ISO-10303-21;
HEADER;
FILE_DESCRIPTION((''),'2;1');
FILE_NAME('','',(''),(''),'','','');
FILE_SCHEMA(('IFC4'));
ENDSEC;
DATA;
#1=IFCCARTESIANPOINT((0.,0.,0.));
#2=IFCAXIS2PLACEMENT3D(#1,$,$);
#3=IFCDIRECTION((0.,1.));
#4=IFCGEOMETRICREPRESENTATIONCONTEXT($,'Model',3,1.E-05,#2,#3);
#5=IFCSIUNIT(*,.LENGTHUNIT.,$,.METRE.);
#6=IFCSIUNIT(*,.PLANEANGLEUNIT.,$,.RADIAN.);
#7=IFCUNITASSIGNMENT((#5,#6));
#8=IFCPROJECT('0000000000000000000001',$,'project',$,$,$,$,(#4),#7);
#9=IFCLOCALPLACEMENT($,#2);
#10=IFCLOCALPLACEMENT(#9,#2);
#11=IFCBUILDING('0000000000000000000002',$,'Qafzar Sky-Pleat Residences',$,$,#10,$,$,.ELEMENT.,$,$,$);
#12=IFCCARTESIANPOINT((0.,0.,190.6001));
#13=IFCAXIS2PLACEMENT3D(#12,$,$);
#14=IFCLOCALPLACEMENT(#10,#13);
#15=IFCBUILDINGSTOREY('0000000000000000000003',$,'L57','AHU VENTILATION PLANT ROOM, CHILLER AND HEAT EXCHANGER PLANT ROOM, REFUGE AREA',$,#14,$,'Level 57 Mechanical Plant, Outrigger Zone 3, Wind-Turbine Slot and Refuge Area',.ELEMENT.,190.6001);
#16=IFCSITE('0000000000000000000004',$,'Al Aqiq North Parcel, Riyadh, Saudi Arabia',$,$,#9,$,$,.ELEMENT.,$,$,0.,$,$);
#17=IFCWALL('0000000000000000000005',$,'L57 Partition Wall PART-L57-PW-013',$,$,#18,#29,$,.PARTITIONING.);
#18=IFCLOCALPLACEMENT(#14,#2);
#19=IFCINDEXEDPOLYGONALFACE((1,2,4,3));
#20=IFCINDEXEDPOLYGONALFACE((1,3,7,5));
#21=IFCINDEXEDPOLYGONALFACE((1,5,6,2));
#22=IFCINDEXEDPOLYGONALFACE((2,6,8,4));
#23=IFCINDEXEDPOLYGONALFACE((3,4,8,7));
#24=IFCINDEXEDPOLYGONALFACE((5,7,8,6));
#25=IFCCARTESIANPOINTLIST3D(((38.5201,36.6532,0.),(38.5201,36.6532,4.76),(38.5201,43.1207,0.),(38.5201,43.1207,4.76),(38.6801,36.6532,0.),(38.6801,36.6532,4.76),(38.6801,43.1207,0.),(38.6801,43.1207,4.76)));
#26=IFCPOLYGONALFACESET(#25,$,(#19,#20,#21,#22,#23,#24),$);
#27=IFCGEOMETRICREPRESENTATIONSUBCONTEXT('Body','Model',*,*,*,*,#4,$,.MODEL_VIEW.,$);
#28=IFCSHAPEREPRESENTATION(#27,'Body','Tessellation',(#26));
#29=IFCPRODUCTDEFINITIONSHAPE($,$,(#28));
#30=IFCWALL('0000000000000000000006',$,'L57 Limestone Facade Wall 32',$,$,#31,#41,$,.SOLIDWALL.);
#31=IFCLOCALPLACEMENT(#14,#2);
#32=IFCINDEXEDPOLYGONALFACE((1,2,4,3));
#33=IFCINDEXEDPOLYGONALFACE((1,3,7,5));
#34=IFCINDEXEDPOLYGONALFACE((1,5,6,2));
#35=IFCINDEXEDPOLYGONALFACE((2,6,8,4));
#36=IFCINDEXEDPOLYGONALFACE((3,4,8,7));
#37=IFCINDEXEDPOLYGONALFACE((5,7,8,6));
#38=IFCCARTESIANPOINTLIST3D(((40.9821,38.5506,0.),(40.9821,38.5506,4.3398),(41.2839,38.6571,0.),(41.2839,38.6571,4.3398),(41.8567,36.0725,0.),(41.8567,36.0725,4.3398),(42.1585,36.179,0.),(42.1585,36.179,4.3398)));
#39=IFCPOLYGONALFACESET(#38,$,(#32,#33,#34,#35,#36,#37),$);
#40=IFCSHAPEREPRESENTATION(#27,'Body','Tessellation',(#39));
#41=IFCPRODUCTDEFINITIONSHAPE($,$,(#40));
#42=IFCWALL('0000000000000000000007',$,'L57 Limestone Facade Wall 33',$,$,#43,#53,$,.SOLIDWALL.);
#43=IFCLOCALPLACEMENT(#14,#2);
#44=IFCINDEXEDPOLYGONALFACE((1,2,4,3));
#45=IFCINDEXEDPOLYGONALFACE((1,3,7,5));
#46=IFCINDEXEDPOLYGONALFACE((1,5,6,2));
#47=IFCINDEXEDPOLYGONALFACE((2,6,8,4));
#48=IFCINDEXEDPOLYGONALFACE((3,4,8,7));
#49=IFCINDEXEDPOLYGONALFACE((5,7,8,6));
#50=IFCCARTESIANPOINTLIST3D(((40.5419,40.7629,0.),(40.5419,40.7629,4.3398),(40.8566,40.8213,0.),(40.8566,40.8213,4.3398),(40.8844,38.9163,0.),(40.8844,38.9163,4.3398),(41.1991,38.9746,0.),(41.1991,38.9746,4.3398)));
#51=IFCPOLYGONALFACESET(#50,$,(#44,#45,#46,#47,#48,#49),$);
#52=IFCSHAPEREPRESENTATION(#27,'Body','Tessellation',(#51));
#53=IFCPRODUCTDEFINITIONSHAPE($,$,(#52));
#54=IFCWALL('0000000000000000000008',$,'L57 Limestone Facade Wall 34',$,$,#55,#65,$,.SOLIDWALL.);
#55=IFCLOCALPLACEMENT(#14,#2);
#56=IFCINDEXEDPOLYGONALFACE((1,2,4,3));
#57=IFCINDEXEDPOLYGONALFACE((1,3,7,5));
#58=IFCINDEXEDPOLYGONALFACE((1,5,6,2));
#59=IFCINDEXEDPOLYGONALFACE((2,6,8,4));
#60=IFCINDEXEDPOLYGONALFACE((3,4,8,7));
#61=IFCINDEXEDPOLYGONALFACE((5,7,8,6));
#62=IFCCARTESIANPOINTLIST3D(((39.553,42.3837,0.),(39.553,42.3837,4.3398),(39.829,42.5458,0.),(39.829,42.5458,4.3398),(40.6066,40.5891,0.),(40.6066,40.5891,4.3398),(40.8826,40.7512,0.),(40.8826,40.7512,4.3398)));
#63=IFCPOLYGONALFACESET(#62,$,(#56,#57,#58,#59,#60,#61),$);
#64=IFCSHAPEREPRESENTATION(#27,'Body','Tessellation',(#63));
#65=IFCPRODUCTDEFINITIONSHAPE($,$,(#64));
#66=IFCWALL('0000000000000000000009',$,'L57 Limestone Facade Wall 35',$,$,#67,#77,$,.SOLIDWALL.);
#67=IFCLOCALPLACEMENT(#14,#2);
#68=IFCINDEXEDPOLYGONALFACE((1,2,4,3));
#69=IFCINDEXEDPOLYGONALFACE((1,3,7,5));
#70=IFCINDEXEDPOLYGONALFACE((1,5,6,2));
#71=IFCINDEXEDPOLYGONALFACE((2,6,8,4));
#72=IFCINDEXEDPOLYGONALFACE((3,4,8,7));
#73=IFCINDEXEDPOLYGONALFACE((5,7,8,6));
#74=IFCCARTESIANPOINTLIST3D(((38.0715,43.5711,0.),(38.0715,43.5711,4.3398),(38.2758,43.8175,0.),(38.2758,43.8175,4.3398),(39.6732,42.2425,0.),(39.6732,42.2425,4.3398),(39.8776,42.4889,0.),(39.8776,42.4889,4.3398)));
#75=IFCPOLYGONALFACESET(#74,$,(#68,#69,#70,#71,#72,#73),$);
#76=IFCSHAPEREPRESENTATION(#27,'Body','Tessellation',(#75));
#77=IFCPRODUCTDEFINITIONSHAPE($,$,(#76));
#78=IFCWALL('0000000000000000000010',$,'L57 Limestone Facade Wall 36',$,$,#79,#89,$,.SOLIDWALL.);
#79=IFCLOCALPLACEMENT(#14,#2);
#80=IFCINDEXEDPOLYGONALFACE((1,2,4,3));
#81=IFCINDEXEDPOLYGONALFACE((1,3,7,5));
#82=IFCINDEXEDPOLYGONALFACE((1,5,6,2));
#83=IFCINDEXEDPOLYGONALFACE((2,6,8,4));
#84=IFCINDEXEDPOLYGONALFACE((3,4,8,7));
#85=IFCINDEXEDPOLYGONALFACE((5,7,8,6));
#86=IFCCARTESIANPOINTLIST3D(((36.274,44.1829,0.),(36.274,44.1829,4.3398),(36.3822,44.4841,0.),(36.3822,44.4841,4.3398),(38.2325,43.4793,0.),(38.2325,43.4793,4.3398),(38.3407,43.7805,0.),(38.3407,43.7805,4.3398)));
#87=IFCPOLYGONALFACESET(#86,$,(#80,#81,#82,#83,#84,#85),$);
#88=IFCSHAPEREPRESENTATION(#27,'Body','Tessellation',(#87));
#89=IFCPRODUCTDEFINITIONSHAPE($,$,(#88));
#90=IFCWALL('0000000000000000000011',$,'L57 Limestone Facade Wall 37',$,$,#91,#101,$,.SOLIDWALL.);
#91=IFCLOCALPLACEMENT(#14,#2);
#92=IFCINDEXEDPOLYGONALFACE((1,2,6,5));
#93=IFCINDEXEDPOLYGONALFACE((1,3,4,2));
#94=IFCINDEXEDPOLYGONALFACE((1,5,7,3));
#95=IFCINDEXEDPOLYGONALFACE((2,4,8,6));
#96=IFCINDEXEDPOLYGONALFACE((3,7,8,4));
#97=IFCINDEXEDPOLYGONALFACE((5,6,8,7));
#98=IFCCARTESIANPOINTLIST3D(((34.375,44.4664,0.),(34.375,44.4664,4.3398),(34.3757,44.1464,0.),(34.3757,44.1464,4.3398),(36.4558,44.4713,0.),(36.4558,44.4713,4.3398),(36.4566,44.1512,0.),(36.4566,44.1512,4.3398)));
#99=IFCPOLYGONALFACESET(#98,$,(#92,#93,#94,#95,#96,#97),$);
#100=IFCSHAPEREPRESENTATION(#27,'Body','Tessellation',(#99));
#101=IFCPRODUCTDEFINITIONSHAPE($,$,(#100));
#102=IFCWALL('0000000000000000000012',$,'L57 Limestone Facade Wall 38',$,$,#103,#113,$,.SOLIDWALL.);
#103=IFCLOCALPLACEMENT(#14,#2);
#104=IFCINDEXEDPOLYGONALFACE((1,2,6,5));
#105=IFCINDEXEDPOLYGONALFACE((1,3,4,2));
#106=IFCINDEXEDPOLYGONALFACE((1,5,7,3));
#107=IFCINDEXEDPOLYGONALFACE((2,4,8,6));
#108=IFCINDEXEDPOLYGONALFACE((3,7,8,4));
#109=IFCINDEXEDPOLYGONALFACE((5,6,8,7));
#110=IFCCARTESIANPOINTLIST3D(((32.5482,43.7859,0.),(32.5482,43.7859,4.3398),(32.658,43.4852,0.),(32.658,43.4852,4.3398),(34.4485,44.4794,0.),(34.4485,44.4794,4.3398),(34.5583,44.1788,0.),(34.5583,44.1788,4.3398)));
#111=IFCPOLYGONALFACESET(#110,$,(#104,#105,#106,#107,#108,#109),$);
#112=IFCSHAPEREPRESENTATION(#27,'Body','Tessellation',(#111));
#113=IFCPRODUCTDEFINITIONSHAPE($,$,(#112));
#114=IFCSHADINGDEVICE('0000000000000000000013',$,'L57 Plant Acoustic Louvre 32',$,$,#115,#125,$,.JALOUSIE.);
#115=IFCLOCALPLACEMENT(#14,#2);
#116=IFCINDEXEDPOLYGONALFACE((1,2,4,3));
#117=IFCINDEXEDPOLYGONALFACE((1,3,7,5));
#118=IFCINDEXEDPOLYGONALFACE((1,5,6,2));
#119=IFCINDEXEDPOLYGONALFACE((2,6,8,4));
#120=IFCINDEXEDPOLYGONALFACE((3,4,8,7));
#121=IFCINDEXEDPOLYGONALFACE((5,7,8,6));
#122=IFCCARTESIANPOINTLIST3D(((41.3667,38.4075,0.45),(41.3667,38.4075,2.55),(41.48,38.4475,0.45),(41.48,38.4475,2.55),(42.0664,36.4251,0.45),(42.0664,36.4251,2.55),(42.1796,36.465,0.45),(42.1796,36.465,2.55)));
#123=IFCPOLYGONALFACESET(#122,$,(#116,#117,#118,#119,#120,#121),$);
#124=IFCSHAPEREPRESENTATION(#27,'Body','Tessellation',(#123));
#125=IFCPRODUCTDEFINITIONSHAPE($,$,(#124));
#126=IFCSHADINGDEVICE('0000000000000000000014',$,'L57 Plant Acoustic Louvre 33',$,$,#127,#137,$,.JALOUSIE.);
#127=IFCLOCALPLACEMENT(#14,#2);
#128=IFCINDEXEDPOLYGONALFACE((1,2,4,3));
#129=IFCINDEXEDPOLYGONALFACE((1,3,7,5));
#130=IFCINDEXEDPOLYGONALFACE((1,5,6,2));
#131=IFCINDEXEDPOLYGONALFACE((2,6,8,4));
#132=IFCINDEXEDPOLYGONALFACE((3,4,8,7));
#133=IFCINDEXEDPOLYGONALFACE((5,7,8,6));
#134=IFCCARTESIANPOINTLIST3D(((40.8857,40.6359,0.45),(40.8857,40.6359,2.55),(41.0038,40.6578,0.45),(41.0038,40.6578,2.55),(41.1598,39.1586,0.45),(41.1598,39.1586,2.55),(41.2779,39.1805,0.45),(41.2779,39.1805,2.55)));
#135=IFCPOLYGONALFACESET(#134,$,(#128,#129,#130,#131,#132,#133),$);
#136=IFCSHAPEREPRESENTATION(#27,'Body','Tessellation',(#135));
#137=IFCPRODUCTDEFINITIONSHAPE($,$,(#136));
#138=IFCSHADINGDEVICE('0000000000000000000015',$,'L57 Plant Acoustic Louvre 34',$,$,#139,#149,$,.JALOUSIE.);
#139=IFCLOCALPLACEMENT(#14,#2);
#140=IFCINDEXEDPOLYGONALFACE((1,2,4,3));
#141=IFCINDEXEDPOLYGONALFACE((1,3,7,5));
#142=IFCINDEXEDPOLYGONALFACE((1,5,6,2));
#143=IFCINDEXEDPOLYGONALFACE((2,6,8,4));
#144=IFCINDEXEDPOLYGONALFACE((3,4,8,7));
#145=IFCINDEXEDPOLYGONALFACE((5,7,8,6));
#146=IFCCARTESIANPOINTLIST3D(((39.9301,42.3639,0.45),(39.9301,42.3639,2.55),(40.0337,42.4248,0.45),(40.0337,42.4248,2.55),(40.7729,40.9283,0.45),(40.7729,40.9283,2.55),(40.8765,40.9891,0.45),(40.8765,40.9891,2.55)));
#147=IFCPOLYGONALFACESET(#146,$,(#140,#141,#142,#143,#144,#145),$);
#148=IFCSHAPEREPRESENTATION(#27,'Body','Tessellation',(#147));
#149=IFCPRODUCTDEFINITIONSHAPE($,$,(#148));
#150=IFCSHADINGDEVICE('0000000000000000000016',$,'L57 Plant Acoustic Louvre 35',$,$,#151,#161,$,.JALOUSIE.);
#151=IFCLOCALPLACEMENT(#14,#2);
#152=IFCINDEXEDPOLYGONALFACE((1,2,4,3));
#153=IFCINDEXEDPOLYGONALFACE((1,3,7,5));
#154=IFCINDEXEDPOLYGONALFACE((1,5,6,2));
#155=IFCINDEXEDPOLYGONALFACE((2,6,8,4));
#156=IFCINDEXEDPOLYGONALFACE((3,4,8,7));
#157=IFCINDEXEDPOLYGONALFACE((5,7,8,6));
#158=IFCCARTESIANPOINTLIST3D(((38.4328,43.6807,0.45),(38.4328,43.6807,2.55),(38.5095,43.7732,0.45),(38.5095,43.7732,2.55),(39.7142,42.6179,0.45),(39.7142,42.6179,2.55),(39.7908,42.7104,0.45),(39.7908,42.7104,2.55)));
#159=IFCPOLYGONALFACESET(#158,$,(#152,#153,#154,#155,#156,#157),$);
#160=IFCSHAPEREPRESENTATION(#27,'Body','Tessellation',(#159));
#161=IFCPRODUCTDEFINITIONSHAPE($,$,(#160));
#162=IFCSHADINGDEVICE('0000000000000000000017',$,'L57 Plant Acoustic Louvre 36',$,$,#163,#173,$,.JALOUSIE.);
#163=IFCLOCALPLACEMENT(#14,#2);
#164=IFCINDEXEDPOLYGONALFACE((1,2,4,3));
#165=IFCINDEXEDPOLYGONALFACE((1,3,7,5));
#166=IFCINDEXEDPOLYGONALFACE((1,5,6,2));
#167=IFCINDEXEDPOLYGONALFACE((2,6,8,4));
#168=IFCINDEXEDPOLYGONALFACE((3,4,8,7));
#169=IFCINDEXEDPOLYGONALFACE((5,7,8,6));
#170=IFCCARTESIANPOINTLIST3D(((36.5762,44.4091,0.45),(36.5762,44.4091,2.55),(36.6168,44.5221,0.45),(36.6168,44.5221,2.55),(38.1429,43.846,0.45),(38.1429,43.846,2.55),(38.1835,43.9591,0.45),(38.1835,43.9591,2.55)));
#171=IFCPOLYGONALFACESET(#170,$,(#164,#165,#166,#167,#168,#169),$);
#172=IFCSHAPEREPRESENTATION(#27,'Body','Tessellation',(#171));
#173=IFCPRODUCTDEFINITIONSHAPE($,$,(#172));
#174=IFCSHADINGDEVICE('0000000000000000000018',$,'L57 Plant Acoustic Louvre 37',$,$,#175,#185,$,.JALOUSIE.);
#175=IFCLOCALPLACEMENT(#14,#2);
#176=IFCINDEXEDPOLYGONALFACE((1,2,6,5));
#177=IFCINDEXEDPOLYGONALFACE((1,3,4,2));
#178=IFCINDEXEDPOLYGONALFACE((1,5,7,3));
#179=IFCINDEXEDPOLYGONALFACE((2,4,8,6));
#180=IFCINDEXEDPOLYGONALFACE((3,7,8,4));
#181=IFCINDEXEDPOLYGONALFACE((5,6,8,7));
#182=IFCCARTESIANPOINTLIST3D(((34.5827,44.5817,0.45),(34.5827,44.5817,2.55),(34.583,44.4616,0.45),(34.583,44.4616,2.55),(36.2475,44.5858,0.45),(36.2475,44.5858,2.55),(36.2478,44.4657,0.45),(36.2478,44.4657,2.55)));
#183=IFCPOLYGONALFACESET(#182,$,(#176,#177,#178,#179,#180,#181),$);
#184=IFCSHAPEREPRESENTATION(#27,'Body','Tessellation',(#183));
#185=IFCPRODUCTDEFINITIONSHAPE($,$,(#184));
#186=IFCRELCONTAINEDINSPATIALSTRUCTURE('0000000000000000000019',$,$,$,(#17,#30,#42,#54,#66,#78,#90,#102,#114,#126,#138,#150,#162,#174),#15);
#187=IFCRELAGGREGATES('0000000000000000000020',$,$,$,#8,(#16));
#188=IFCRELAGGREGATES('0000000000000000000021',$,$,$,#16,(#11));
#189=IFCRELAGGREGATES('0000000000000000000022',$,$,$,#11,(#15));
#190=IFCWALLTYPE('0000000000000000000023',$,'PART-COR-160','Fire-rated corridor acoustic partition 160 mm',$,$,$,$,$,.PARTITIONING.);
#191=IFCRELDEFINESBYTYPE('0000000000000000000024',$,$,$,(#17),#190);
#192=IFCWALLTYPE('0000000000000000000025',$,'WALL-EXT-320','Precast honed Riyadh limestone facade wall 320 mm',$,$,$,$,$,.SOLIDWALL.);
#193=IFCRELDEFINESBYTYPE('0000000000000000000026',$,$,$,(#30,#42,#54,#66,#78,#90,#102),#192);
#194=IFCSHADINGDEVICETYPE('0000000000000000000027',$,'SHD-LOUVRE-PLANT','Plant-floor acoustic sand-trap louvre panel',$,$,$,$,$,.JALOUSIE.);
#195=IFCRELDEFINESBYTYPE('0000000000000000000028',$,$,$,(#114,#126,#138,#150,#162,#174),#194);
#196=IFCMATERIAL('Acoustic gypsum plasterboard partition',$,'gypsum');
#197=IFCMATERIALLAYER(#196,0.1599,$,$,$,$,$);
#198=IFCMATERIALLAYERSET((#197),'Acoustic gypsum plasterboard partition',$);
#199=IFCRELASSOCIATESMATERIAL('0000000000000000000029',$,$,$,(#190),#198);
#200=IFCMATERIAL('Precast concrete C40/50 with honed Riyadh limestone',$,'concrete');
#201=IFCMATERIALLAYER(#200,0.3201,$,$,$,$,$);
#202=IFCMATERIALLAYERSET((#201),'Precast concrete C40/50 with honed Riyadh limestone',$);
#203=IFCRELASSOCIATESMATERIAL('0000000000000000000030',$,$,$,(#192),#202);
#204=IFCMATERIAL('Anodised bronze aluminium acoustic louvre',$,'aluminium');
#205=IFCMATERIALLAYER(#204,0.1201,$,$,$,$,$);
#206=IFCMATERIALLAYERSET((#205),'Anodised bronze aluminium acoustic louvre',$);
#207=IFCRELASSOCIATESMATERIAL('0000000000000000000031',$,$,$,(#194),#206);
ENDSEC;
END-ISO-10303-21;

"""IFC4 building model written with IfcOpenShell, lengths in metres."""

from ifc_helpers import new_model, si_unit, direction, frame, frame_2d, origin, origin_2d, place, context, subcontext, project, spatial, rectangle, extrude, source, transform, mapped, material, layer, layer_set, type_object, element, save


model = new_model("IFC4")

# Units and contexts
model_context = context("Model", 3, precision=1e-05, world=origin(), true_north=direction((0.0, 1.0)))
body_context = subcontext(model_context, "Body", "Model", "MODEL_VIEW")
ifc_project = project(units=[si_unit("LENGTHUNIT", "METRE"), si_unit("PLANEANGLEUNIT", "RADIAN")], contexts=[model_context])

# Site, building, storey
site_placement = place(None, origin())
site = spatial("IfcSite", under=ifc_project, at=site_placement, Name="Al Aqiq North Parcel, Riyadh, Saudi Arabia", CompositionType="ELEMENT", RefElevation=0.0)
building_placement = place(site_placement, origin())
building = spatial("IfcBuilding", under=site, at=building_placement, Name="Qafzar Sky-Pleat Residences", CompositionType="ELEMENT")
storey_placement = place(building_placement, frame((0.0, 0.0, 190.6001)))
storey = spatial("IfcBuildingStorey", under=building, at=storey_placement, Name="L57", Description="AHU VENTILATION PLANT ROOM, CHILLER AND HEAT EXCHANGER PLANT ROOM, REFUGE AREA", LongName="Level 57 Mechanical Plant, Outrigger Zone 3, Wind-Turbine Slot and Refuge Area", CompositionType="ELEMENT", Elevation=190.6001)

# Shared definitions
ifc_material_1 = material(Name="Acoustic gypsum plasterboard partition", Category="gypsum")
ifc_layer_1 = layer(ifc_material_1, 0.1599)
ifc_layer_set_1 = layer_set([ifc_layer_1], Name="Acoustic gypsum plasterboard partition")
wall_type_1 = type_object("IfcWallType", Name="PART-COR-160", Description="Fire-rated corridor acoustic partition 160 mm", PredefinedType="PARTITIONING", material=ifc_layer_set_1)

# Walls
wall_1_placement = place(storey_placement, frame((38.6001, 36.6531, 0.0), z_axis=(0.0, 0.0, 1.0), x_axis=(0.0, 1.0, 0.0)))
element("IfcWall", 1, at=wall_1_placement, inside=storey, type_object=wall_type_1, Name="L57 Partition Wall PART-L57-PW-013", PredefinedType="PARTITIONING", context=body_context, shape_type="SweptSolid", body=[
    extrude(rectangle(XDim=6.4675, YDim=0.1599, at=frame_2d((3.2339, 0.0))), origin(), (0.0, 0.0, 1.0), 4.76),
])
ifc_material_2 = material(Name="Precast concrete C40/50 with honed Riyadh limestone", Category="concrete")
ifc_layer_2 = layer(ifc_material_2, 0.3201)
ifc_layer_set_2 = layer_set([ifc_layer_2], Name="Precast concrete C40/50 with honed Riyadh limestone")
wall_type_2 = type_object("IfcWallType", Name="WALL-EXT-320", Description="Precast honed Riyadh limestone facade wall 320 mm", PredefinedType="SOLIDWALL", material=ifc_layer_set_2)
wall_2_placement = place(storey_placement, frame((42.0076, 36.1257, 0.0), z_axis=(0.0, 0.0, 1.0), x_axis=(-0.332791, 0.943001, 0.0)))
element("IfcWall", 2, at=wall_2_placement, inside=storey, type_object=wall_type_2, Name="L57 Limestone Facade Wall 32", PredefinedType="SOLIDWALL", context=body_context, shape_type="SweptSolid", body=[
    extrude(rectangle(XDim=2.6279, YDim=0.3201, at=frame_2d((1.314, 0.0))), origin(), (0.0, 0.0, 1.0), 4.3398),
])
wall_3_placement = place(storey_placement, frame((41.0417, 38.9456, 0.0), z_axis=(0.0, 0.0, 1.0), x_axis=(-0.182373, 0.983229, 0.0)))
element("IfcWall", 3, at=wall_3_placement, inside=storey, type_object=wall_type_2, Name="L57 Limestone Facade Wall 33", PredefinedType="SOLIDWALL", context=body_context, shape_type="SweptSolid", body=[
    extrude(rectangle(XDim=1.8782, YDim=0.3201, at=frame_2d((0.939, 0.0))), origin(), (0.0, 0.0, 1.0), 4.3398),
])
for number, where, z_axis, x_axis, name in (
    (4, (40.7446, 40.6702, 0.0), (0.0, 0.0, 1.0), (-0.506312, 0.86235, 0.0), "L57 Limestone Facade Wall 34"),
    (5, (39.7754, 42.3657, 0.0), (0.0, 0.0, 1.0), (-0.76969, 0.638417, 0.0), "L57 Limestone Facade Wall 35"),
    (6, (38.2866, 43.6299, 0.0), (0.0, 0.0, 1.0), (-0.941109, 0.338105, 0.0), "L57 Limestone Facade Wall 36"),
):
    element("IfcWall", number, at=place(storey_placement, frame(where, z_axis=z_axis, x_axis=x_axis)), inside=storey, type_object=wall_type_2, Name=name, PredefinedType="SOLIDWALL", context=body_context, shape_type="SweptSolid", body=[
        extrude(rectangle(XDim=2.0811, YDim=0.3201, at=frame_2d((1.0405, 0.0))), origin(), (0.0, 0.0, 1.0), 4.3398),
    ])
wall_4_placement = place(storey_placement, frame((36.4563, 44.3113, 0.0), z_axis=(0.0, 0.0, 1.0), x_axis=(-0.999997, -0.002347, 0.0)))
element("IfcWall", 7, at=wall_4_placement, inside=storey, type_object=wall_type_2, Name="L57 Limestone Facade Wall 37", PredefinedType="SOLIDWALL", context=body_context, shape_type="SweptSolid", body=[
    extrude(rectangle(XDim=2.0808, YDim=0.3201, at=frame_2d((1.0405, 0.0))), origin(), (0.0, 0.0, 1.0), 4.3398),
])
wall_5_placement = place(storey_placement, frame((34.5034, 44.3291, 0.0), z_axis=(0.0, 0.0, 1.0), x_axis=(-0.939388, -0.342857, 0.0)))
element("IfcWall", 8, at=wall_5_placement, inside=storey, type_object=wall_type_2, Name="L57 Limestone Facade Wall 38", PredefinedType="SOLIDWALL", context=body_context, shape_type="SweptSolid", body=[
    extrude(rectangle(XDim=2.0229, YDim=0.3201, at=frame_2d((1.0115, 0.0))), origin(), (0.0, 0.0, 1.0), 4.3398),
])

# Shading devices
ifc_material_3 = material(Name="Anodised bronze aluminium acoustic louvre", Category="aluminium")
ifc_layer_3 = layer(ifc_material_3, 0.1201)
ifc_layer_set_3 = layer_set([ifc_layer_3], Name="Anodised bronze aluminium acoustic louvre")
shading_device_type = type_object("IfcShadingDeviceType", Name="SHD-LOUVRE-PLANT", Description="Plant-floor acoustic sand-trap louvre panel", PredefinedType="JALOUSIE", material=ifc_layer_set_3)
shared_shape_1 = source(origin(), body_context, "Body", "SweptSolid", [
    extrude(rectangle(XDim=2.1023, YDim=0.1201, at=origin_2d()), origin(), (0.0, 0.0, 1.0), 2.1001),
])
shading_device_1_placement = place(storey_placement, frame((41.7732, 37.4363, 0.45), z_axis=(0.0, 0.0, 1.0), x_axis=(-0.33279, 0.943001, 0.0)))
element("IfcShadingDevice", 9, at=shading_device_1_placement, inside=storey, type_object=shading_device_type, Name="L57 Plant Acoustic Louvre 32", PredefinedType="JALOUSIE", context=body_context, shape_type="MappedRepresentation", body=[
    mapped(shared_shape_1, transform((0.0, 0.0, 0.0), x_axis=(1.0, 0.0, 0.0), y_axis=(0.0, 1.0, 0.0), z_axis=(0.0, 0.0, 1.0), scale=1.0)),
])
shared_shape_2 = source(origin(), body_context, "Body", "SweptSolid", [
    extrude(rectangle(XDim=1.5024, YDim=0.1201, at=origin_2d()), origin(), (0.0, 0.0, 1.0), 2.1001),
])
shading_device_2_placement = place(storey_placement, frame((41.0818, 39.9082, 0.45), z_axis=(0.0, 0.0, 1.0), x_axis=(-0.182417, 0.983221, 0.0)))
element("IfcShadingDevice", 10, at=shading_device_2_placement, inside=storey, type_object=shading_device_type, Name="L57 Plant Acoustic Louvre 33", PredefinedType="JALOUSIE", context=body_context, shape_type="MappedRepresentation", body=[
    mapped(shared_shape_2, transform((0.0, 0.0, 0.0), x_axis=(1.0, 0.0, 0.0), y_axis=(0.0, 1.0, 0.0), z_axis=(0.0, 0.0, 1.0), scale=1.0)),
])
shared_shape_3 = source(origin(), body_context, "Body", "SweptSolid", [
    extrude(rectangle(XDim=1.6648, YDim=0.1201, at=origin_2d()), origin(), (0.0, 0.0, 1.0), 2.1001),
])
for number, where, z_axis, x_axis, name in (
    (11, (40.4033, 41.6765, 0.45), (0.0, 0.0, 1.0), (-0.506268, 0.862376, 0.0), "L57 Plant Acoustic Louvre 34"),
    (12, (39.1118, 43.1956, 0.45), (0.0, 0.0, 1.0), (-0.769692, 0.638415, 0.0), "L57 Plant Acoustic Louvre 35"),
    (13, (37.3799, 44.1841, 0.45), (0.0, 0.0, 1.0), (-0.941075, 0.338199, 0.0), "L57 Plant Acoustic Louvre 36"),
    (14, (35.4153, 44.5237, 0.45), (0.0, 0.0, 1.0), (-0.999997, -0.002451, 0.0), "L57 Plant Acoustic Louvre 37"),
):
    element("IfcShadingDevice", number, at=place(storey_placement, frame(where, z_axis=z_axis, x_axis=x_axis)), inside=storey, type_object=shading_device_type, Name=name, PredefinedType="JALOUSIE", context=body_context, shape_type="MappedRepresentation", body=[
        mapped(shared_shape_3, transform((0.0, 0.0, 0.0), x_axis=(1.0, 0.0, 0.0), y_axis=(0.0, 1.0, 0.0), z_axis=(0.0, 0.0, 1.0), scale=1.0)),
    ])

save(model, "model.ifc")
